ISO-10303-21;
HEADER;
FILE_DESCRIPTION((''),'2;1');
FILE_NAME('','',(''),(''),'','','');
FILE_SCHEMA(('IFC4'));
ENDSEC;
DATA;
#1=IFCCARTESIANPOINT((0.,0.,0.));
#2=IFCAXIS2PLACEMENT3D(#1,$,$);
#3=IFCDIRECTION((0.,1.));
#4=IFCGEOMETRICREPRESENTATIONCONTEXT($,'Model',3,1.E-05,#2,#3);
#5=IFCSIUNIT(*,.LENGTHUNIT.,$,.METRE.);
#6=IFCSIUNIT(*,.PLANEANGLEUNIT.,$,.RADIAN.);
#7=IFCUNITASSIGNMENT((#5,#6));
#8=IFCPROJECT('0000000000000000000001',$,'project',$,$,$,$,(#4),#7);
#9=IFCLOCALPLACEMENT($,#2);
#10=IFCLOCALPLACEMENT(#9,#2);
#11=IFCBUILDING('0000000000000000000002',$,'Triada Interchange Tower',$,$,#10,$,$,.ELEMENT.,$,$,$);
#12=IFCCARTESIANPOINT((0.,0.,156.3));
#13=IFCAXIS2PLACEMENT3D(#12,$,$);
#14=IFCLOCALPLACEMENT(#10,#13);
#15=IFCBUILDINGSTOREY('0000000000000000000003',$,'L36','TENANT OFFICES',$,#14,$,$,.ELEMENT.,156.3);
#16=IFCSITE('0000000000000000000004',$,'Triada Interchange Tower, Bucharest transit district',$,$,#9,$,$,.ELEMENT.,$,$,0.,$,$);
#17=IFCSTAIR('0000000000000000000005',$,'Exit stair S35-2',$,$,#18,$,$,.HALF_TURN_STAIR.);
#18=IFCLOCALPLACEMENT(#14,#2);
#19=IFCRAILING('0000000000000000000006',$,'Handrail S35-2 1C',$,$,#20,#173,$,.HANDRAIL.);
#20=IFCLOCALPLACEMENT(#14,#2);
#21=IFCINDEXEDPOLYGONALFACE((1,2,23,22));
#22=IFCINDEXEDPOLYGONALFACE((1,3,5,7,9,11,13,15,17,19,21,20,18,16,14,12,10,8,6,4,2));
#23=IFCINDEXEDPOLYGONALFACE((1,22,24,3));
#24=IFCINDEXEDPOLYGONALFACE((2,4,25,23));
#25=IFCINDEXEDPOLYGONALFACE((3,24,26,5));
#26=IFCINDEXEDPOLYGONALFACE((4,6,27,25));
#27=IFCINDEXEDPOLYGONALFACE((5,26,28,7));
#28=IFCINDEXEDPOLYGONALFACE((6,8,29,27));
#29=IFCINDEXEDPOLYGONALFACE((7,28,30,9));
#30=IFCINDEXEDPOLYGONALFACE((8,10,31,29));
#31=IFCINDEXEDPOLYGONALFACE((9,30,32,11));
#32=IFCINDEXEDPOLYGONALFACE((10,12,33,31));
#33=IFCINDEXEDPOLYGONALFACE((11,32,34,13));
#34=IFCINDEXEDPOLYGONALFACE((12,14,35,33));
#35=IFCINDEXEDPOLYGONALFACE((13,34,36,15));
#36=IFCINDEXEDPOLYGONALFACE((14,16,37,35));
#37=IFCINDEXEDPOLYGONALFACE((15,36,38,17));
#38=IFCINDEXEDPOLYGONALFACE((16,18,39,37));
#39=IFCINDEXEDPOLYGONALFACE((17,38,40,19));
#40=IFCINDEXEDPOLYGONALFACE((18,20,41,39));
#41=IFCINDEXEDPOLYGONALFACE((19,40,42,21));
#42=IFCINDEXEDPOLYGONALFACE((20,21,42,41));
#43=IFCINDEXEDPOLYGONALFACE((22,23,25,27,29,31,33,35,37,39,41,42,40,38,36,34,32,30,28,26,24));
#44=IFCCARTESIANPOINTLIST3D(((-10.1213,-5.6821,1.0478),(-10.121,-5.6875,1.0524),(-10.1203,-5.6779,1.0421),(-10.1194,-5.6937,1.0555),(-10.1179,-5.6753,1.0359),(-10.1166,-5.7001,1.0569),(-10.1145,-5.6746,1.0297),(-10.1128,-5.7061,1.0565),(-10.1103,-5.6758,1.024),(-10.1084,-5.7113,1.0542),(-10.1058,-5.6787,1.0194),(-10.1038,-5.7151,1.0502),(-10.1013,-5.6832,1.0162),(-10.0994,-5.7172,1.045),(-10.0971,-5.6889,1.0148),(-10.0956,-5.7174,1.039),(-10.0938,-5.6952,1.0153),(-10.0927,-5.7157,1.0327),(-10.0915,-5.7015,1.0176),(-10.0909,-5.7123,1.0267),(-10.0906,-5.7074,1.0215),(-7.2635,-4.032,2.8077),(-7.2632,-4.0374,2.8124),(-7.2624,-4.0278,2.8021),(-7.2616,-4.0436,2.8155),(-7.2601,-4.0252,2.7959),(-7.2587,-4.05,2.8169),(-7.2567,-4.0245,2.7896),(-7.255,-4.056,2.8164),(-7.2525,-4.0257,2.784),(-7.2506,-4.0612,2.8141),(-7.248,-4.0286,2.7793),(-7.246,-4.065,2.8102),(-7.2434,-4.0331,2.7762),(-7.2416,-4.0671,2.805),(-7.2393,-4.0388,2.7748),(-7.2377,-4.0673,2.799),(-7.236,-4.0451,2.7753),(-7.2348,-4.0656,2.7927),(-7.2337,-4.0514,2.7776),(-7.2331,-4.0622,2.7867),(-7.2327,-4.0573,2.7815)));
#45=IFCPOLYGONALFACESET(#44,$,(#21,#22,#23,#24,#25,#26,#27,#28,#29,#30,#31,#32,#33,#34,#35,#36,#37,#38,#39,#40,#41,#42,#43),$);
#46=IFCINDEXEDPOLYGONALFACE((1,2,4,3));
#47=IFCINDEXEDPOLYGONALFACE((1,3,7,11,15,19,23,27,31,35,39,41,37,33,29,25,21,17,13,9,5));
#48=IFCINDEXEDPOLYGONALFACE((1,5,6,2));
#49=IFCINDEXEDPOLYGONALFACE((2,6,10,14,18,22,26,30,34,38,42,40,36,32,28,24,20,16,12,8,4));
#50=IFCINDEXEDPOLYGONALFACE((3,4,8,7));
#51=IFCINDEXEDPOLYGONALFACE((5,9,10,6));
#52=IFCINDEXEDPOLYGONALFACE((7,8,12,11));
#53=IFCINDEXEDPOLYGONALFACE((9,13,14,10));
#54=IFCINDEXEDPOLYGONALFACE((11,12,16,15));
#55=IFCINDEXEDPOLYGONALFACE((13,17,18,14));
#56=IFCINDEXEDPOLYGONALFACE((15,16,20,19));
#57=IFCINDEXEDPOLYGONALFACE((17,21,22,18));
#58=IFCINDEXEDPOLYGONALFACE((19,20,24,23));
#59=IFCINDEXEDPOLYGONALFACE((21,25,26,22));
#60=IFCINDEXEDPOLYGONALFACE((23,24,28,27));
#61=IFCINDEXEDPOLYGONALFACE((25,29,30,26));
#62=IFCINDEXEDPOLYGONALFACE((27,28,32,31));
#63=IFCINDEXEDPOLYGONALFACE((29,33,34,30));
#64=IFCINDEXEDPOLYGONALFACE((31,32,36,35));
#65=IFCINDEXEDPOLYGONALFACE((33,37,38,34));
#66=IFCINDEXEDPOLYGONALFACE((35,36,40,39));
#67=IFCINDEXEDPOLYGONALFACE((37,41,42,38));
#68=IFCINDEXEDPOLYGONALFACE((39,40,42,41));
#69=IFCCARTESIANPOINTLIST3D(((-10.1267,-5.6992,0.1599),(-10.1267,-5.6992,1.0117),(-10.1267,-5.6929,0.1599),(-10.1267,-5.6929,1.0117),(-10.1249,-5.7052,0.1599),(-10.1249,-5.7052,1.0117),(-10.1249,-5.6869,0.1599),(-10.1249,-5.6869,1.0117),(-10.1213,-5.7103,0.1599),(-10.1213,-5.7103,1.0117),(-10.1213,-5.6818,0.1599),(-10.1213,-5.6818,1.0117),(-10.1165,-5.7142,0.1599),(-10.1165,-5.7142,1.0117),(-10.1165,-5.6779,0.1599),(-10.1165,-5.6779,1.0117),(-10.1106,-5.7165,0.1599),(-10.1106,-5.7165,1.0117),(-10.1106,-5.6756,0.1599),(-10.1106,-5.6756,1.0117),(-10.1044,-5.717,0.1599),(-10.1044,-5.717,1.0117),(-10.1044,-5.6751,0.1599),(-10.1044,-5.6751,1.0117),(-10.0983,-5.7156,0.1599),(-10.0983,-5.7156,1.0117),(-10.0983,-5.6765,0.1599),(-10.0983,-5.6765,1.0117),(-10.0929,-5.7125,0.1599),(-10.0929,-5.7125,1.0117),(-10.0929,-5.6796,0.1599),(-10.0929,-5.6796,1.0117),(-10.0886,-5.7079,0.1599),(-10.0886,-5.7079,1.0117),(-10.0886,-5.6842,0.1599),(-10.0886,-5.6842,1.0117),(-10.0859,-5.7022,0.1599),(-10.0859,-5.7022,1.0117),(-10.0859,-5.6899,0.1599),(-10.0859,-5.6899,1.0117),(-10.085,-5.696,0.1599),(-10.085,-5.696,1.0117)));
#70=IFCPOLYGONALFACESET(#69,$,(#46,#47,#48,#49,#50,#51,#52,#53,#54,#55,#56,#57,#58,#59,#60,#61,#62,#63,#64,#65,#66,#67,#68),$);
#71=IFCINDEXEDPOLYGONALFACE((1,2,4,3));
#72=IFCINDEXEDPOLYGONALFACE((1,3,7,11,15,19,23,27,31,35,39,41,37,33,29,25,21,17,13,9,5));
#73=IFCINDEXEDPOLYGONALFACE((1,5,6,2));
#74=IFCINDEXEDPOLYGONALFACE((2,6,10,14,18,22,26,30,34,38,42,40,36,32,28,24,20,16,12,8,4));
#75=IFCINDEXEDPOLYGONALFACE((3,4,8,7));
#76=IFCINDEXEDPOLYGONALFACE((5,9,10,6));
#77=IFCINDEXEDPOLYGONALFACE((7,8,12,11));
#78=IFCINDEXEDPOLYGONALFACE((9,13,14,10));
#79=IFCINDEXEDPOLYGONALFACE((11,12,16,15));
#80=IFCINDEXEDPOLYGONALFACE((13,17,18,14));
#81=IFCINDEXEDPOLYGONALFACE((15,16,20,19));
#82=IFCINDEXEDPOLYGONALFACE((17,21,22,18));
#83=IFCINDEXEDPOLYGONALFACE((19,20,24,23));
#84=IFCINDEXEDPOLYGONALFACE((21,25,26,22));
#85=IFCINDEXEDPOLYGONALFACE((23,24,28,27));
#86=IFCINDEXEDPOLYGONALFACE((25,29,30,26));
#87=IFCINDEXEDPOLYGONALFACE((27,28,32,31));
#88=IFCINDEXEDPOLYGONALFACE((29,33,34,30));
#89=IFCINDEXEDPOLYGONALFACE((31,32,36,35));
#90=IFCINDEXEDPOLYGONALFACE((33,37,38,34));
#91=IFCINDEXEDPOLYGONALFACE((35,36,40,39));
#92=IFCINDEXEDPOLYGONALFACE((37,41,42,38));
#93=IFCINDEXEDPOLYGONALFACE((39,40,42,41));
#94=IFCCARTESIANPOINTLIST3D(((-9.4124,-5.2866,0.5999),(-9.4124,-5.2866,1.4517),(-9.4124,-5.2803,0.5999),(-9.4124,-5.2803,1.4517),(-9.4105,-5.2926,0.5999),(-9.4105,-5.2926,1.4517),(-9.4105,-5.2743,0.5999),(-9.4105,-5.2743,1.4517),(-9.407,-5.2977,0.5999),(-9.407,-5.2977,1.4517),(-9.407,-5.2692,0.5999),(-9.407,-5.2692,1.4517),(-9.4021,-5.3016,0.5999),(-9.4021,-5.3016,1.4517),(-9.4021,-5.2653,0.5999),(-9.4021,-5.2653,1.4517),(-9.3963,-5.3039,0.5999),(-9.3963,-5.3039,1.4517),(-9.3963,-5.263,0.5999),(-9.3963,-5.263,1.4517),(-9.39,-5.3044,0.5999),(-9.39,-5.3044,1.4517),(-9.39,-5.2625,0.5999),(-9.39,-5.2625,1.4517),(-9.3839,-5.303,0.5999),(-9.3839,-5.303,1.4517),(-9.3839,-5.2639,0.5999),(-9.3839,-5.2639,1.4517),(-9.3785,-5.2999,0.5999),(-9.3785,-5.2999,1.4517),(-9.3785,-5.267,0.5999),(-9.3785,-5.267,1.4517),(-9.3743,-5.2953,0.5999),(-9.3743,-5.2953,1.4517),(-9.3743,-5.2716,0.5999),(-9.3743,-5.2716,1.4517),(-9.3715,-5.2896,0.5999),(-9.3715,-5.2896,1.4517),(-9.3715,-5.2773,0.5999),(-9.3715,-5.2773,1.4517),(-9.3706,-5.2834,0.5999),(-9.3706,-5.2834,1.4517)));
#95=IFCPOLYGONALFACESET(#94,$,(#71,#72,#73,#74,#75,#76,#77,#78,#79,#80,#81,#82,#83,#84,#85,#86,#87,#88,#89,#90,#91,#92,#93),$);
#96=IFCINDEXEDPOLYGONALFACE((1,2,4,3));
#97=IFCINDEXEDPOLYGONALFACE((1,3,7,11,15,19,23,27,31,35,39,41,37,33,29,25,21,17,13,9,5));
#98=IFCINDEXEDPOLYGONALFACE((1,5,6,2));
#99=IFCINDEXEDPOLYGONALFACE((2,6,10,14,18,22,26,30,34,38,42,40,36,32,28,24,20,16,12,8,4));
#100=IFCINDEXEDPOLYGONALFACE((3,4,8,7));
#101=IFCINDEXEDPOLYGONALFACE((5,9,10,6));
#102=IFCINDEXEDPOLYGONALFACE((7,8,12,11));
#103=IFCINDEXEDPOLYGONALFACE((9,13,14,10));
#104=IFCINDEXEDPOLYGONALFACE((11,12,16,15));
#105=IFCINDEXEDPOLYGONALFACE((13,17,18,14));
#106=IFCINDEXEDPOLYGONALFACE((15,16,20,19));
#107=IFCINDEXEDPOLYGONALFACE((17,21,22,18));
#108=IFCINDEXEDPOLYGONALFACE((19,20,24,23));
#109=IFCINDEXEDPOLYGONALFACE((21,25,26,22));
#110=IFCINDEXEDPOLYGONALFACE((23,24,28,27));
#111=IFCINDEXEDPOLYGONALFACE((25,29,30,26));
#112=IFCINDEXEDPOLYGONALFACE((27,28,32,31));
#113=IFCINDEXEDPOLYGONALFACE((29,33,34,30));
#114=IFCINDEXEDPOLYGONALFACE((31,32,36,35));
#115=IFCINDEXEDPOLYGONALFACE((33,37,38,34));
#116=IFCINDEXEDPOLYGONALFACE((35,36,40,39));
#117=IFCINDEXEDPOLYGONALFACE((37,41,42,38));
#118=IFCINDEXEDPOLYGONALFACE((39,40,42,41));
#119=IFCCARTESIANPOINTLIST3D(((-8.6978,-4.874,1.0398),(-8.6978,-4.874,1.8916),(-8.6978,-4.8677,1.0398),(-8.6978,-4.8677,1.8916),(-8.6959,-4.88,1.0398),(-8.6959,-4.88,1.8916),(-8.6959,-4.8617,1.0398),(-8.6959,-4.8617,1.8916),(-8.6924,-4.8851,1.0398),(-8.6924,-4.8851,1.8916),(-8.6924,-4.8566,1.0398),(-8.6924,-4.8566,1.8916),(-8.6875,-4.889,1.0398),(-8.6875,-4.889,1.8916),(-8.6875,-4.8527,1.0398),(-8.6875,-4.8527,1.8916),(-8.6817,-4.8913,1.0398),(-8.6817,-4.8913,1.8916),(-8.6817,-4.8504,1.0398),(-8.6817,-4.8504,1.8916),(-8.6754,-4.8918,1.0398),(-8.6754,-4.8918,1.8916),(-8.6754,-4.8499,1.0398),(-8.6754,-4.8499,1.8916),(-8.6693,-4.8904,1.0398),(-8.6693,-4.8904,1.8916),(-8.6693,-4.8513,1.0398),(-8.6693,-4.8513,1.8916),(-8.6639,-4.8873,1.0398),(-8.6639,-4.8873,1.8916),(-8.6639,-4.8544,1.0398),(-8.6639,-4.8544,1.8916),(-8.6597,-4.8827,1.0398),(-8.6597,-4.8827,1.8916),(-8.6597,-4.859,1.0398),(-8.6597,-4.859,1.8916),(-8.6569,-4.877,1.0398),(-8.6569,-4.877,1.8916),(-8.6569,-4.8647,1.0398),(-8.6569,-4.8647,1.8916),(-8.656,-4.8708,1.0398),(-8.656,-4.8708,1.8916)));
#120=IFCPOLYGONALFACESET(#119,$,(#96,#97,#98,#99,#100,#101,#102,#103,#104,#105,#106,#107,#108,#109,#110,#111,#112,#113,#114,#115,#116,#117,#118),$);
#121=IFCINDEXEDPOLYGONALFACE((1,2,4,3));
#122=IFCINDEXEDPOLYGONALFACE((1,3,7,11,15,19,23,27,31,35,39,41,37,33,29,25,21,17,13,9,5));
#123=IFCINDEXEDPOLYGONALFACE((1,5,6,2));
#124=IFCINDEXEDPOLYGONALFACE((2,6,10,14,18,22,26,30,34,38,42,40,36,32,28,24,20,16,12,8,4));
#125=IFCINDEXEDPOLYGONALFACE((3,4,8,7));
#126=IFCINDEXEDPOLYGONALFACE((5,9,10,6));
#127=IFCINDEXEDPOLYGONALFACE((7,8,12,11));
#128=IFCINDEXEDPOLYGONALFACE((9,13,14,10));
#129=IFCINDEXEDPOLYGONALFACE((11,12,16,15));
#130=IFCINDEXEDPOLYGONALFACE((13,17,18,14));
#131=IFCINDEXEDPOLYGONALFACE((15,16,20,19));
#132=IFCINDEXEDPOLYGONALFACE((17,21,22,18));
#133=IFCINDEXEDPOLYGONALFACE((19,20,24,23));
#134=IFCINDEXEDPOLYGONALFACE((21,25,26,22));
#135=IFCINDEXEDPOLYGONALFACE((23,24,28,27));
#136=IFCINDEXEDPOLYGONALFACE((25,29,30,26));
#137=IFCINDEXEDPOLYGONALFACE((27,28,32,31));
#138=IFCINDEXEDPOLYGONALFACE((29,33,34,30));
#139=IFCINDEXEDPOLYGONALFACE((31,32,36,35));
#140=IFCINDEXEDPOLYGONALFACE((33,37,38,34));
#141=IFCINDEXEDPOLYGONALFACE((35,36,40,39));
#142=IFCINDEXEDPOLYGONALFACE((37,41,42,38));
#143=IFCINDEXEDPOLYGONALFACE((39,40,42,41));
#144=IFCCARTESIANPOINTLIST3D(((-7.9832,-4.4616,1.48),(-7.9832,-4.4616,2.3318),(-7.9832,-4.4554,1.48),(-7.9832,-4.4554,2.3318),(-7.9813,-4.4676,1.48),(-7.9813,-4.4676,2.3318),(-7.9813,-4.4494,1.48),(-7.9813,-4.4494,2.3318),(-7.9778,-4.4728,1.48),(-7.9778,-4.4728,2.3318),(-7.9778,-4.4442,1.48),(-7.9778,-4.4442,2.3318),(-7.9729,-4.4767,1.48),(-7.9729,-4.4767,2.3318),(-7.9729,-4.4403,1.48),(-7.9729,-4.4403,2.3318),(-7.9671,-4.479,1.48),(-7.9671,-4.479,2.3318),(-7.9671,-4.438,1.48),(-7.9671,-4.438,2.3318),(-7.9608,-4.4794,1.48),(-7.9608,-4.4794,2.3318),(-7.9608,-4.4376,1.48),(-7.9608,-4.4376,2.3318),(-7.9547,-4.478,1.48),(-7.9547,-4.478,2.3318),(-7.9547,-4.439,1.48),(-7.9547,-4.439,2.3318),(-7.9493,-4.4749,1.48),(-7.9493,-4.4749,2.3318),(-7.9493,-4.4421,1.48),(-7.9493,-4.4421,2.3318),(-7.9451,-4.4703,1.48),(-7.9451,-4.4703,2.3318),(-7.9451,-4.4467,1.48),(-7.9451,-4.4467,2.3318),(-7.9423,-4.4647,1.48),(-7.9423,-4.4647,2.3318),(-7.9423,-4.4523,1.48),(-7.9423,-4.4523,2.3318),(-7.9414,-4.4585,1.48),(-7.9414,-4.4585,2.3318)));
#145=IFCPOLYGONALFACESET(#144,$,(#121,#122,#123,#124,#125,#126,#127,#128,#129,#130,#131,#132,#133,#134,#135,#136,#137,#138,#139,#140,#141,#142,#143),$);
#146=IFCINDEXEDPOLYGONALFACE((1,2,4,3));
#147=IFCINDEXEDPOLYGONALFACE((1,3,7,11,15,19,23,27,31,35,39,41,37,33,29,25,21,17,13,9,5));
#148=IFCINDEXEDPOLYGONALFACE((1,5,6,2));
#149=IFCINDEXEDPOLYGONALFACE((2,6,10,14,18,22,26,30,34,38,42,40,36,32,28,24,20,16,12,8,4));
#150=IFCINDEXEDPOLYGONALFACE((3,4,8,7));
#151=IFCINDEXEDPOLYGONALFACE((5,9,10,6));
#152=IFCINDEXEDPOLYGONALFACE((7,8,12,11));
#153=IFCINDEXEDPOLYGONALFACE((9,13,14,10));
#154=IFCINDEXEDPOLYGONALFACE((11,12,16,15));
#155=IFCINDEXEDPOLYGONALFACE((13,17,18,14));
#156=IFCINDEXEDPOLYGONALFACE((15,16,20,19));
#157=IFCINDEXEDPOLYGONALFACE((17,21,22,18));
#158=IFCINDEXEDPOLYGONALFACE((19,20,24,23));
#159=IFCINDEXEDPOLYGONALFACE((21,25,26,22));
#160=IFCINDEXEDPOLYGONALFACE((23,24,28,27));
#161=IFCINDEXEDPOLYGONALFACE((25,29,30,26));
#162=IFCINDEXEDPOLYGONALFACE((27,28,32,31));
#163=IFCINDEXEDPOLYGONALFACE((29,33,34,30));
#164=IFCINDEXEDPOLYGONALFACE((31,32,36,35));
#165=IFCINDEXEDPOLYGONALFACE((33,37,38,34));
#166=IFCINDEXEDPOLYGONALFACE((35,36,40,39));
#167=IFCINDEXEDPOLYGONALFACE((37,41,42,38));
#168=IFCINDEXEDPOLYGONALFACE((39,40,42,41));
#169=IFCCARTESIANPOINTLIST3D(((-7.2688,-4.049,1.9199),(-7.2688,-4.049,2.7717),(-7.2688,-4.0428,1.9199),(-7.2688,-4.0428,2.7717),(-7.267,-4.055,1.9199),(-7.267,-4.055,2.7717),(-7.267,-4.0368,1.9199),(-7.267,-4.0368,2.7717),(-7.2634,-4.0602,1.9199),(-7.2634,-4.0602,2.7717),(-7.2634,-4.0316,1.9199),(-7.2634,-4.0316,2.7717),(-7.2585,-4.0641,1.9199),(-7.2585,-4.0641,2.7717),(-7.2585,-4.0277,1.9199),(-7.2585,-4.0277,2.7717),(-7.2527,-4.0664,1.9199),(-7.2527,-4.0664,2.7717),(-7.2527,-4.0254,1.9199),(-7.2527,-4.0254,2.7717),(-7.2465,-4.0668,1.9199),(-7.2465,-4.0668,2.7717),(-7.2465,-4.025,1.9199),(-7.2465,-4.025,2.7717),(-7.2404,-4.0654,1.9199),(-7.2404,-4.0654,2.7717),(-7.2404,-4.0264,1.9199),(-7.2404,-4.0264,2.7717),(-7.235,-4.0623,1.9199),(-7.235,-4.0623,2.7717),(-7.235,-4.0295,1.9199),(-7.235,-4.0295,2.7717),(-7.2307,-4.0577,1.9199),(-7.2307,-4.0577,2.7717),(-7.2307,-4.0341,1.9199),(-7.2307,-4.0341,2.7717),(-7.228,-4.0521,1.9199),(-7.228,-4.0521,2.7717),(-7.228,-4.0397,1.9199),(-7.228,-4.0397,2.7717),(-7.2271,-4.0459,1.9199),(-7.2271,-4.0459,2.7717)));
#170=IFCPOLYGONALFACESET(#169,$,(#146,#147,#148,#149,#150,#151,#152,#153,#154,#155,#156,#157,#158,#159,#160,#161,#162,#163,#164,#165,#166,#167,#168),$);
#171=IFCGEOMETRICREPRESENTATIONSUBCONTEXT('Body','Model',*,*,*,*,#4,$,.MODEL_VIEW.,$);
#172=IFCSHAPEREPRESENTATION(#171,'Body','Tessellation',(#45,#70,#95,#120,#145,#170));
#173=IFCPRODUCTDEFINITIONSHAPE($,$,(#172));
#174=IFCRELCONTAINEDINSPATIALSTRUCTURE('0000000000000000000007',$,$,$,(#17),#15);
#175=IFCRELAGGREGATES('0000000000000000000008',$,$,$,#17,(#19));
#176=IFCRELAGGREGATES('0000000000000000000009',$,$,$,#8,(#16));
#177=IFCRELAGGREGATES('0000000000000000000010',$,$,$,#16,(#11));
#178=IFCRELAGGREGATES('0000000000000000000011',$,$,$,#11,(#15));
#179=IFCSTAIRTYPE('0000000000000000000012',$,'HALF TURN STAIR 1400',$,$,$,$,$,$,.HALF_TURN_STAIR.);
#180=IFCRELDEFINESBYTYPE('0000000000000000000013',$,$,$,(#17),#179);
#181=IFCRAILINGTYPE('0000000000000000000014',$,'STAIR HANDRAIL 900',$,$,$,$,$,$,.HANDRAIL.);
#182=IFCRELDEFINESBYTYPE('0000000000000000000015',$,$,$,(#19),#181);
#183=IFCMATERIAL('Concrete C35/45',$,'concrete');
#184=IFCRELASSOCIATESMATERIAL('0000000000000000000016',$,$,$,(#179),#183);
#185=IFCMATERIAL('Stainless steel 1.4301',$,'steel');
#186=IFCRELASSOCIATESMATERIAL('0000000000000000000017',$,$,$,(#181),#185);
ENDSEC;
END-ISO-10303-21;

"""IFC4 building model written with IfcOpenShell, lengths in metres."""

from ifc_helpers import new_model, si_unit, direction, frame, origin, origin_2d, place, context, subcontext, project, spatial, circle, extrude, material, type_object, element, aggregate, save


model = new_model("IFC4")

# Units and contexts
model_context = context("Model", 3, precision=1e-05, world=origin(), true_north=direction((0.0, 1.0)))
body_context = subcontext(model_context, "Body", "Model", "MODEL_VIEW")
ifc_project = project(units=[si_unit("LENGTHUNIT", "METRE"), si_unit("PLANEANGLEUNIT", "RADIAN")], contexts=[model_context])

# Site, building, storey
site_placement = place(None, origin())
site = spatial("IfcSite", under=ifc_project, at=site_placement, Name="Triada Interchange Tower, Bucharest transit district", CompositionType="ELEMENT", RefElevation=0.0)
building_placement = place(site_placement, origin())
building = spatial("IfcBuilding", under=site, at=building_placement, Name="Triada Interchange Tower", CompositionType="ELEMENT")
storey_placement = place(building_placement, frame((0.0, 0.0, 156.3)))
storey = spatial("IfcBuildingStorey", under=building, at=storey_placement, Name="L36", Description="TENANT OFFICES", CompositionType="ELEMENT", Elevation=156.3)

# Stair, railing
ifc_material_1 = material(Name="Concrete C35/45", Category="concrete")
stair_type = type_object("IfcStairType", Name="HALF TURN STAIR 1400", PredefinedType="HALF_TURN_STAIR", material=ifc_material_1)
stair_placement = place(storey_placement, origin())
stair = element("IfcStair", 1, at=stair_placement, inside=storey, type_object=stair_type, Name="Exit stair S35-2", PredefinedType="HALF_TURN_STAIR")
ifc_material_2 = material(Name="Stainless steel 1.4301", Category="steel")
railing_type = type_object("IfcRailingType", Name="STAIR HANDRAIL 900", PredefinedType="HANDRAIL", material=ifc_material_2)
railing_1_placement = place(storey_placement, frame((-10.106, -5.696, 0.1599)))
railing_1 = element("IfcRailing", 2, at=railing_1_placement, type_object=railing_type, Name="Handrail S35-2 1C", PredefinedType="HANDRAIL", context=body_context, shape_type="SweptSolid", body=[
    extrude(circle(Radius=0.0239, at=origin_2d()), frame((0.0, 0.0, 0.876), z_axis=(0.764129, 0.441205, 0.47058), x_axis=(-0.50003, 0.866008, 0.0)), (0.0, 0.0, 1.0), 3.74),
    extrude(circle(Radius=0.021, at=origin_2d()), origin(), (0.0, 0.0, 1.0), 0.8518),
    extrude(circle(Radius=0.021, at=origin_2d()), frame((0.7144, 0.4126, 0.4399)), (0.0, 0.0, 1.0), 0.8518),
    extrude(circle(Radius=0.021, at=origin_2d()), frame((1.429, 0.8252, 0.8799)), (0.0, 0.0, 1.0), 0.8518),
    extrude(circle(Radius=0.021, at=origin_2d()), frame((2.1436, 1.2375, 1.3201)), (0.0, 0.0, 1.0), 0.8518),
    extrude(circle(Radius=0.021, at=origin_2d()), frame((2.8579, 1.6501, 1.76)), (0.0, 0.0, 1.0), 0.8518),
])
aggregate(stair, [railing_1])

save(model, "model.ifc")
